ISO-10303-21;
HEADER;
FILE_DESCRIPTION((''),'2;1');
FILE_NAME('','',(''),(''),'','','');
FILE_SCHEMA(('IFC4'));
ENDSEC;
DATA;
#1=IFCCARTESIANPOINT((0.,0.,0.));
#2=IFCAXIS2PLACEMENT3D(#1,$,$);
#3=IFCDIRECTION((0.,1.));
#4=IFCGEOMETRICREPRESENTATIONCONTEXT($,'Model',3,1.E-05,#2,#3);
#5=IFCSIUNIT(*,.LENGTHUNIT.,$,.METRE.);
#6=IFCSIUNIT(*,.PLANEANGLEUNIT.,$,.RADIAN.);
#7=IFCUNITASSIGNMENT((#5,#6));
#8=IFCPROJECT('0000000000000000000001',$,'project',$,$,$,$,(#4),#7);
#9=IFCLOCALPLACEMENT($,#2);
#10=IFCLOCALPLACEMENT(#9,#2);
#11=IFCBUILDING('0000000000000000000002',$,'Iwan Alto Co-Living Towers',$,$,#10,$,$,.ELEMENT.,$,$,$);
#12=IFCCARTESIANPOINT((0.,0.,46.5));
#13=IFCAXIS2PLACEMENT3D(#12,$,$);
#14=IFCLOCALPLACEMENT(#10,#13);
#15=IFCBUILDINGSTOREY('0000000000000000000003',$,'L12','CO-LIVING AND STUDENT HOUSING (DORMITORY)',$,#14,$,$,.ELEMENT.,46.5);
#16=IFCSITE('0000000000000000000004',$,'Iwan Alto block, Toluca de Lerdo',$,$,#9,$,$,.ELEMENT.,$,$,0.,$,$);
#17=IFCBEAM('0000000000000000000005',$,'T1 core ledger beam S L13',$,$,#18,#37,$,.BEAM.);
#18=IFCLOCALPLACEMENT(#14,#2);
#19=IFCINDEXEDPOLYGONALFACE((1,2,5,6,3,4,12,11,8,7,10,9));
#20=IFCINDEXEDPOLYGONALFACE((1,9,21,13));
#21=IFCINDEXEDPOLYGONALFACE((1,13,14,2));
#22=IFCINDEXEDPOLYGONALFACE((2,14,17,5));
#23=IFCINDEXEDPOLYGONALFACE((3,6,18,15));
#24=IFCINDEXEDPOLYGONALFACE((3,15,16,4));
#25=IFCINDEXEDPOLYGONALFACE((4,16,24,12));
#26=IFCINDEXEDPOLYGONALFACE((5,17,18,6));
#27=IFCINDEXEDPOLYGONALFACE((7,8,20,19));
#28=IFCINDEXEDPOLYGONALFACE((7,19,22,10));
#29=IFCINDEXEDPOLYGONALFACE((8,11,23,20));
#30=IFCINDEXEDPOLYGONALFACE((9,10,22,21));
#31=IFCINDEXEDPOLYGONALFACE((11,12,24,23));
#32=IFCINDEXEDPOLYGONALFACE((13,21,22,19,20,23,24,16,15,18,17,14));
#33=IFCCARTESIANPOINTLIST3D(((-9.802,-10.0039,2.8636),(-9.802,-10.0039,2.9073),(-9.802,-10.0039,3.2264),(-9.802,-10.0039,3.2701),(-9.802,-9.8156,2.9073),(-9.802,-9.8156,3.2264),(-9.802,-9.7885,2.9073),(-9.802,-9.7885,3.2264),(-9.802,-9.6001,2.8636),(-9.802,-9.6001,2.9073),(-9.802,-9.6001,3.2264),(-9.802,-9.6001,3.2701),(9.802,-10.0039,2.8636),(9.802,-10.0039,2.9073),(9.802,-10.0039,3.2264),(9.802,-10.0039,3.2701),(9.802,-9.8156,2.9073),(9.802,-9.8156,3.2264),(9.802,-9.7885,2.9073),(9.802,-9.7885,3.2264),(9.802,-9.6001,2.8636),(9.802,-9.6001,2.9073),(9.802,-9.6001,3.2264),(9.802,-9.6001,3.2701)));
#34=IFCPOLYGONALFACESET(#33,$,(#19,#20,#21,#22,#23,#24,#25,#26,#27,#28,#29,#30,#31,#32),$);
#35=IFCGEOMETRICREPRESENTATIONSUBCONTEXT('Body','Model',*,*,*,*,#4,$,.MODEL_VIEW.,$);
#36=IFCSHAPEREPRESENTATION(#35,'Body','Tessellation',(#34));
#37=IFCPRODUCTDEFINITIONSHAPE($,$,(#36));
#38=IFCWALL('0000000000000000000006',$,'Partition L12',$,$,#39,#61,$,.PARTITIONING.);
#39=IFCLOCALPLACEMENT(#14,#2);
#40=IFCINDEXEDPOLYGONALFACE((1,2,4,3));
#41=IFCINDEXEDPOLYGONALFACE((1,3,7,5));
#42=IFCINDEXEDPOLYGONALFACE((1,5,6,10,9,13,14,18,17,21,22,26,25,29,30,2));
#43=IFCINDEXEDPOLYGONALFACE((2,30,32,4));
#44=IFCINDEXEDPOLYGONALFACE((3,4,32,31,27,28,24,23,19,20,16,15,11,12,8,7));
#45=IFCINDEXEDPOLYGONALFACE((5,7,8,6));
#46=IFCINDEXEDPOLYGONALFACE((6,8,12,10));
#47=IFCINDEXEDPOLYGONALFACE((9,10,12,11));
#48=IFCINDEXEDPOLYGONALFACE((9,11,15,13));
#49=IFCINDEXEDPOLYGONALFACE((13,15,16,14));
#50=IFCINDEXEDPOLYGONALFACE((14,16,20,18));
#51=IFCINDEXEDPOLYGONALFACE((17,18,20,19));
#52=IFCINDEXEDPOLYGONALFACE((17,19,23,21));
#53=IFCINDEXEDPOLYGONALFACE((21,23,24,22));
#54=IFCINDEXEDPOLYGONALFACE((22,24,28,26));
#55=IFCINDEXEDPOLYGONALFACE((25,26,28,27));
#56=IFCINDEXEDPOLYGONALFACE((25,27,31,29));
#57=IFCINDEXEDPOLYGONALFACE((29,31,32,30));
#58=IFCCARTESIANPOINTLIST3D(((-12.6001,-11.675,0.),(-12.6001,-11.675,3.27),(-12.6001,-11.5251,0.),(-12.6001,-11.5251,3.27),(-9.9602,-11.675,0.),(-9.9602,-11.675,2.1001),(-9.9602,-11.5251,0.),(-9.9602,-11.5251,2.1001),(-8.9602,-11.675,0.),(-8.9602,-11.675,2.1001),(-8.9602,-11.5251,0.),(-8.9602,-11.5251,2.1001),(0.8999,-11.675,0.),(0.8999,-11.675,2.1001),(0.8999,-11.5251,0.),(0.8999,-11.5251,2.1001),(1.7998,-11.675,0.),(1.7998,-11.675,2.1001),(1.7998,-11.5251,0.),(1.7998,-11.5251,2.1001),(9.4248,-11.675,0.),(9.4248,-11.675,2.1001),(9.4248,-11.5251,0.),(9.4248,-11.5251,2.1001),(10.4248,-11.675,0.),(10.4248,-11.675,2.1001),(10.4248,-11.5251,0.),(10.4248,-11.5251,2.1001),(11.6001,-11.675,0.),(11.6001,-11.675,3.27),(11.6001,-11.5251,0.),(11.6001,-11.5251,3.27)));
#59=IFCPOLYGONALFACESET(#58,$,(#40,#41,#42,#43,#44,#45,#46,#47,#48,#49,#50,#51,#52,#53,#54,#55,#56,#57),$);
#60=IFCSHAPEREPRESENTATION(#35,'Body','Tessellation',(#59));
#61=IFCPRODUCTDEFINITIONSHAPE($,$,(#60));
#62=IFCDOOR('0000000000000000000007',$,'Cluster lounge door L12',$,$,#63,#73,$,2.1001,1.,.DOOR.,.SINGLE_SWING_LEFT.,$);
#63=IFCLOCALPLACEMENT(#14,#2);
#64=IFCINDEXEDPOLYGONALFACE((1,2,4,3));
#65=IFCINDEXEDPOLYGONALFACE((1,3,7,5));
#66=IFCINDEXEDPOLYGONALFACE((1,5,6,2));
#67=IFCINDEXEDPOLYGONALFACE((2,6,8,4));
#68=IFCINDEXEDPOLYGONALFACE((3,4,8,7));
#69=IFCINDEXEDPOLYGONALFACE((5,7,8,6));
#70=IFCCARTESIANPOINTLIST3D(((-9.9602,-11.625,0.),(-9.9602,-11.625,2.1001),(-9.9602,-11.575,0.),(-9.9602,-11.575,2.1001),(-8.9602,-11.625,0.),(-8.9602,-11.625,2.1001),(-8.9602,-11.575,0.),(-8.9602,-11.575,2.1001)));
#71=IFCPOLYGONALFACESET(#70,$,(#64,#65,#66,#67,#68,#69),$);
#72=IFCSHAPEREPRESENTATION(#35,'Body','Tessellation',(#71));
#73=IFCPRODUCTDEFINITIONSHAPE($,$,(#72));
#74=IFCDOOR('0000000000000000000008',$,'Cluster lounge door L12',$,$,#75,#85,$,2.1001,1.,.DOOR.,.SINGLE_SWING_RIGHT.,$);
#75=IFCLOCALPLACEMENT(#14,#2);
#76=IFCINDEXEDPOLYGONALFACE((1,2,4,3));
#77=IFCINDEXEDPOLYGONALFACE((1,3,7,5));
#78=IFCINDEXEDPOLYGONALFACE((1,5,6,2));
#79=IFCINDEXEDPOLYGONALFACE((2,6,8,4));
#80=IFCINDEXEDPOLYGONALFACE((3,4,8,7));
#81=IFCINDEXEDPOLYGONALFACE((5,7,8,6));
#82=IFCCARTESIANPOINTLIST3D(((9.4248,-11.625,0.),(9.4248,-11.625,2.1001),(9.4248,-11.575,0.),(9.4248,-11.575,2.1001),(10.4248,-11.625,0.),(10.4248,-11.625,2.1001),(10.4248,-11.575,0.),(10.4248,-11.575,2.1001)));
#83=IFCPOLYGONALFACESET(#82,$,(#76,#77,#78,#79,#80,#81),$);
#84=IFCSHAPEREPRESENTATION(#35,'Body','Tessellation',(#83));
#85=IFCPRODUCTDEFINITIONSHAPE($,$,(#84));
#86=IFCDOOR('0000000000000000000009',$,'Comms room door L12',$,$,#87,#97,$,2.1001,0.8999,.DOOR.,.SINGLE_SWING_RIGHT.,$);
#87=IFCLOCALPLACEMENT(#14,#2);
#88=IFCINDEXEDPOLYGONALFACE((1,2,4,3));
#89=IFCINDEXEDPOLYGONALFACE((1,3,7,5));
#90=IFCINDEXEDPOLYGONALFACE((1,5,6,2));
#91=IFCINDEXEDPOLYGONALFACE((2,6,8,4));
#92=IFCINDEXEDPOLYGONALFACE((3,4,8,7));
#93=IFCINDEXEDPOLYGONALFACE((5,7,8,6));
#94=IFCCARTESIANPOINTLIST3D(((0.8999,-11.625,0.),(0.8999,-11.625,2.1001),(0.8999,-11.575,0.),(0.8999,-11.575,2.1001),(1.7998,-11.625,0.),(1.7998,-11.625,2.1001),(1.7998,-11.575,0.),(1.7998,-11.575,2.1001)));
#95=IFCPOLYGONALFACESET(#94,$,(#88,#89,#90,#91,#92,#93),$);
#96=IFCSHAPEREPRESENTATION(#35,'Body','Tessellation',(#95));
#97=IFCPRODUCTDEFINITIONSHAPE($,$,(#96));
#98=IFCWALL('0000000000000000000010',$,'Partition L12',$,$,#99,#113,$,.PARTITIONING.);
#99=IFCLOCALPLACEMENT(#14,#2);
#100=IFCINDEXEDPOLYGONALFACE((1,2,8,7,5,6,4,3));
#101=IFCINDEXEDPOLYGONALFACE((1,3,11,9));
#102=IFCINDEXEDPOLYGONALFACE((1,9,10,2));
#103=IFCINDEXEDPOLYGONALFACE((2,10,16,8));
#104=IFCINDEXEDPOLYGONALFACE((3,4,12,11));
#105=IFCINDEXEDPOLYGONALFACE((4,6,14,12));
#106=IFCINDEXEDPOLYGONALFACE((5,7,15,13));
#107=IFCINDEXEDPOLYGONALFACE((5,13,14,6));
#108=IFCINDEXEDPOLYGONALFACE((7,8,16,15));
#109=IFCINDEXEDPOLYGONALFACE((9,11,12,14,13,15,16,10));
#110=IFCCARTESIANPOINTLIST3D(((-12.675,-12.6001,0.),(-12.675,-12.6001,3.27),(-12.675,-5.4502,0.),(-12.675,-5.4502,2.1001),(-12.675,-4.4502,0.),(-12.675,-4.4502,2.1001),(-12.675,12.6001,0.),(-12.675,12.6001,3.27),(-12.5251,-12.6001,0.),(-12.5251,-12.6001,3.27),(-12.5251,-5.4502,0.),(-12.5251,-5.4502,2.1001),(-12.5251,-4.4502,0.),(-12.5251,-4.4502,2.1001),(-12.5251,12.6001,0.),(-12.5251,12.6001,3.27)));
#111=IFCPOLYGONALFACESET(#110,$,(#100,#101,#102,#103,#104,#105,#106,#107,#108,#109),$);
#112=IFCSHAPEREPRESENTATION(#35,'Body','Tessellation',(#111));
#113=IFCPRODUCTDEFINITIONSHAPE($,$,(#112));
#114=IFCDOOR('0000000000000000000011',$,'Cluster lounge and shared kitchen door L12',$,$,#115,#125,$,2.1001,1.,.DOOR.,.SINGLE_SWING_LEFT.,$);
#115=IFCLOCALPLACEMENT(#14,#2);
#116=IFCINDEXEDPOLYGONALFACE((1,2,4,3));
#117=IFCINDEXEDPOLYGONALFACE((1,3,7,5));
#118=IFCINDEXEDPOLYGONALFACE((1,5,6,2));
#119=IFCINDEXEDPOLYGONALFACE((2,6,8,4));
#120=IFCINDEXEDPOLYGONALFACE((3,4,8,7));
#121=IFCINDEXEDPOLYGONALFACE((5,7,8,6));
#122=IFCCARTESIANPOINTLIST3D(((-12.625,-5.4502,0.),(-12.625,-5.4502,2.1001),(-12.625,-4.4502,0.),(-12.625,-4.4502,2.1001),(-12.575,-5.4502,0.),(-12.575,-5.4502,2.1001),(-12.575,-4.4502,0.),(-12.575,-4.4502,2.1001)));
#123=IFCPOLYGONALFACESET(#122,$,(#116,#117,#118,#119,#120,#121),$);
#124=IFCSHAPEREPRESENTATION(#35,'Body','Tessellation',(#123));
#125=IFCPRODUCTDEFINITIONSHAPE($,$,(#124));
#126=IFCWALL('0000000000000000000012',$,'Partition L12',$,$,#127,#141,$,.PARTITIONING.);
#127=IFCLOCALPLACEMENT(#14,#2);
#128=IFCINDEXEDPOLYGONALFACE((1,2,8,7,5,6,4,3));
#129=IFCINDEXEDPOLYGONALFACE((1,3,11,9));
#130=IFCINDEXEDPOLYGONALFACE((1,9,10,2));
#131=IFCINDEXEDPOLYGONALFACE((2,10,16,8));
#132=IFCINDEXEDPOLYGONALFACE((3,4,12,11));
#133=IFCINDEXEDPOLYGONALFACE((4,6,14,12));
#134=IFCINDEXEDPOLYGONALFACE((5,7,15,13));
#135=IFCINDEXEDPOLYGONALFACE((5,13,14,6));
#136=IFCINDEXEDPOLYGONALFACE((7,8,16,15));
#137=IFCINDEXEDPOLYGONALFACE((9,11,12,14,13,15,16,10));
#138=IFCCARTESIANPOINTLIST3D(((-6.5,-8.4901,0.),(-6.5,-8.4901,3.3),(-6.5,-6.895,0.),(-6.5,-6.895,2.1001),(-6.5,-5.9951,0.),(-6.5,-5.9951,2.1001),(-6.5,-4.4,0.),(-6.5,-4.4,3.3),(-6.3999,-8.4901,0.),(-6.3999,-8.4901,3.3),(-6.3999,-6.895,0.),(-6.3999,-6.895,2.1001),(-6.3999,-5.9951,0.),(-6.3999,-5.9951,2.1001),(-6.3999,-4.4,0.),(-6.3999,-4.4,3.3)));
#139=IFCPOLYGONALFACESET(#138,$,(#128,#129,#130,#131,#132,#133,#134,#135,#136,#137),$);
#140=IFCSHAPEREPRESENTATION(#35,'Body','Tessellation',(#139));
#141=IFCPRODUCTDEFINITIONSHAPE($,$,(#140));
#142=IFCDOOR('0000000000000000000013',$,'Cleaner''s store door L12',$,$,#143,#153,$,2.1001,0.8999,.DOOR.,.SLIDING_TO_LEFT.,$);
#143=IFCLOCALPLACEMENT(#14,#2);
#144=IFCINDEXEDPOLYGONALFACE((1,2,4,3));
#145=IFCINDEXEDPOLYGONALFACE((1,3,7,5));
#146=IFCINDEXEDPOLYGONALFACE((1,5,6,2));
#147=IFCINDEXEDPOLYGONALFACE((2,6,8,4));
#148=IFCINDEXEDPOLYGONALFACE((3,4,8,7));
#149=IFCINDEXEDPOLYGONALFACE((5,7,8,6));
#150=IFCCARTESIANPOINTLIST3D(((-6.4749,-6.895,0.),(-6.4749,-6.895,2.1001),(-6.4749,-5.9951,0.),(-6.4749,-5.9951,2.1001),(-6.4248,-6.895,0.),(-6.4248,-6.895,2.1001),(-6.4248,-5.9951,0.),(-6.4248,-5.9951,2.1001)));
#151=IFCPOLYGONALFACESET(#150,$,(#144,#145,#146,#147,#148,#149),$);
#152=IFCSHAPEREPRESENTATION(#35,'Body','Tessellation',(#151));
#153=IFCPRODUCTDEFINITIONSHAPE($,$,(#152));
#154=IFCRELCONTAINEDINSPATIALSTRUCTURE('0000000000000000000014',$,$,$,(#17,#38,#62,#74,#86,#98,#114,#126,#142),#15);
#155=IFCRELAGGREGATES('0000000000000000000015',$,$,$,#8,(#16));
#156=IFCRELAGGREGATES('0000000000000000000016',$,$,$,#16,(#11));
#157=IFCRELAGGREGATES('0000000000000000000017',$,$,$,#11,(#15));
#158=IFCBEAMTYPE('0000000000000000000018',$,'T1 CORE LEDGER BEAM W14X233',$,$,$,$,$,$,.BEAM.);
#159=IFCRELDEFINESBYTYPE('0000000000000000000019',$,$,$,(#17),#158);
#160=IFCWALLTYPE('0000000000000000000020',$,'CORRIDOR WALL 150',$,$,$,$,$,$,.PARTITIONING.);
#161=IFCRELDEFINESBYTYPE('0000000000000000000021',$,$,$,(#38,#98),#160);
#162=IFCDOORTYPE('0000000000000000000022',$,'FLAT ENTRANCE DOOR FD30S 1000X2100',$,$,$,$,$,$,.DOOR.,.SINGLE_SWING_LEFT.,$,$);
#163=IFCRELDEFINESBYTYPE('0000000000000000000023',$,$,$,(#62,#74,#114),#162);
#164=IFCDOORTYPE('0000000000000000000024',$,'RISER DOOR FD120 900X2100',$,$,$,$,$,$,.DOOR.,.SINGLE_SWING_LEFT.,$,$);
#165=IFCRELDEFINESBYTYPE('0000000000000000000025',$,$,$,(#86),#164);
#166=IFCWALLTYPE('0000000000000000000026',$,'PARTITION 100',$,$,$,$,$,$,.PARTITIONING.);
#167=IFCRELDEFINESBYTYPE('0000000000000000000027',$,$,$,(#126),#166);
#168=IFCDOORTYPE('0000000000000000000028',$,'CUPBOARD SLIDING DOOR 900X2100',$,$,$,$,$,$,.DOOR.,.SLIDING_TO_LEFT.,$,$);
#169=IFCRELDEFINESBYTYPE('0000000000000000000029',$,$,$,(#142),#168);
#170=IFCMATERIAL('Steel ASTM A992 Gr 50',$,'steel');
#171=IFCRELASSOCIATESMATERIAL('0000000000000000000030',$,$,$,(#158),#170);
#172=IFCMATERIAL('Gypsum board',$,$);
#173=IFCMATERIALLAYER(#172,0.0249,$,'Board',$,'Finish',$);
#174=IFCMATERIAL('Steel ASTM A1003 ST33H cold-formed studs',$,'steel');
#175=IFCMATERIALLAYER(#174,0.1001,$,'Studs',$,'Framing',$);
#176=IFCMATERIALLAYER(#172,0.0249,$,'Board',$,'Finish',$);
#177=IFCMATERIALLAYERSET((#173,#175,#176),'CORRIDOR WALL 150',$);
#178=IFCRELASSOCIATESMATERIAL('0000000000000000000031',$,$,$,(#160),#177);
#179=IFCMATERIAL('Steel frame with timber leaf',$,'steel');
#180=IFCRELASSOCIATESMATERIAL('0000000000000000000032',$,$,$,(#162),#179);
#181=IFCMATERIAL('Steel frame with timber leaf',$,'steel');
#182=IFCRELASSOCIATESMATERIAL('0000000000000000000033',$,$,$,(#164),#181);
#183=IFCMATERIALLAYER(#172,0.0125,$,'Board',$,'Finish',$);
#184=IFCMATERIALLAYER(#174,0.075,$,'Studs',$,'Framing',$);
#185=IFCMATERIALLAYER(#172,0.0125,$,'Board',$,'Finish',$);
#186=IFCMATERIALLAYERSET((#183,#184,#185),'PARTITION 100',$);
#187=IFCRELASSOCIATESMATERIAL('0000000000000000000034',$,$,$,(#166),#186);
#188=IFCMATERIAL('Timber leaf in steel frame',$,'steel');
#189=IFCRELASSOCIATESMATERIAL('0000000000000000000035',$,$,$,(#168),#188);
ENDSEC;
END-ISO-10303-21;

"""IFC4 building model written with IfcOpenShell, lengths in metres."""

from ifc_helpers import new_model, si_unit, direction, frame, frame_2d, origin, origin_2d, place, context, subcontext, project, spatial, rectangle, i_section, extrude, material, layer, layer_set, material_profile, profile_set, type_object, element, fill, save


model = new_model("IFC4")

# Units and contexts
model_context = context("Model", 3, precision=1e-05, world=origin(), true_north=direction((0.0, 1.0)))
body_context = subcontext(model_context, "Body", "Model", "MODEL_VIEW")
ifc_project = project(units=[si_unit("LENGTHUNIT", "METRE"), si_unit("PLANEANGLEUNIT", "RADIAN")], contexts=[model_context])

# Site, building, storey
site_placement = place(None, origin())
site = spatial("IfcSite", under=ifc_project, at=site_placement, Name="Iwan Alto block, Toluca de Lerdo", CompositionType="ELEMENT", RefElevation=0.0)
building_placement = place(site_placement, origin())
building = spatial("IfcBuilding", under=site, at=building_placement, Name="Iwan Alto Co-Living Towers", CompositionType="ELEMENT")
storey_placement = place(building_placement, frame((0.0, 0.0, 46.5)))
storey = spatial("IfcBuildingStorey", under=building, at=storey_placement, Name="L12", Description="CO-LIVING AND STUDENT HOUSING (DORMITORY)", CompositionType="ELEMENT", Elevation=46.5)

# Beam
ifc_material_1 = material(Name="Steel ASTM A992 Gr 50", Category="steel")
ifc_material_profile = material_profile(ifc_material_1, i_section(OverallWidth=0.4038, OverallDepth=0.4065, WebThickness=0.0271, FlangeThickness=0.0437, at=origin_2d()), Name="W14X233")
ifc_profile_set = profile_set([ifc_material_profile], Name="Steel ASTM A992 Gr 50")
beam_type = type_object("IfcBeamType", Name="T1 CORE LEDGER BEAM W14X233", PredefinedType="BEAM", material=ifc_profile_set)
beam_placement = place(storey_placement, frame((-9.802, -9.802, 3.0669), z_axis=(1.0, 0.0, 0.0), x_axis=(0.0, 1.0, 0.0)))
element("IfcBeam", 1, at=beam_placement, inside=storey, type_object=beam_type, Name="T1 core ledger beam S L13", PredefinedType="BEAM", context=body_context, shape_type="SweptSolid", body=[
    extrude(i_section(OverallWidth=0.4038, OverallDepth=0.4065, WebThickness=0.0271, FlangeThickness=0.0437, at=origin_2d()), origin(), (0.0, 0.0, 1.0), 19.604),
])

# Wall, openings, doors
ifc_material_2 = material(Name="Gypsum board")
ifc_layer_1 = layer(ifc_material_2, 0.0249, Name="Board", Category="Finish")
ifc_material_3 = material(Name="Steel ASTM A1003 ST33H cold-formed studs", Category="steel")
ifc_layer_2 = layer(ifc_material_3, 0.1001, Name="Studs", Category="Framing")
ifc_layer_3 = layer(ifc_material_2, 0.0249, Name="Board", Category="Finish")
ifc_layer_set_1 = layer_set([ifc_layer_1, ifc_layer_2, ifc_layer_3], Name="CORRIDOR WALL 150")
wall_type_1 = type_object("IfcWallType", Name="CORRIDOR WALL 150", PredefinedType="PARTITIONING", material=ifc_layer_set_1)
wall_1_placement = place(storey_placement, frame((-12.6001, -11.6001, 0.0), z_axis=(0.0, 0.0, 1.0), x_axis=(1.0, 0.0, 0.0)))
wall_1 = element("IfcWall", 2, at=wall_1_placement, inside=storey, type_object=wall_type_1, Name="Partition L12", PredefinedType="PARTITIONING", context=body_context, shape_type="SweptSolid", body=[
    extrude(rectangle(XDim=24.2002, YDim=0.1499, at=frame_2d((12.1001, 0.0))), origin(), (0.0, 0.0, 1.0), 3.27),
])
opening_1_placement = place(wall_1_placement, frame((2.6399, 0.0, 0.0)))
opening_1 = element("IfcOpeningElement", 3, at=opening_1_placement, cuts=wall_1, PredefinedType="OPENING", context=body_context, shape_type="SweptSolid", body=[
    extrude(rectangle(XDim=1.0, YDim=2.1001, at=frame_2d((0.5, 1.05))), frame((0.0, 0.085, 0.0), z_axis=(0.0, -1.0, 0.0), x_axis=(1.0, 0.0, 0.0)), (0.0, 0.0, 1.0), 0.1699),
])
opening_2_placement = place(wall_1_placement, frame((13.5, 0.0, 0.0)))
opening_2 = element("IfcOpeningElement", 4, at=opening_2_placement, cuts=wall_1, PredefinedType="OPENING", context=body_context, shape_type="SweptSolid", body=[
    extrude(rectangle(XDim=0.8999, YDim=2.1001, at=frame_2d((0.45, 1.05))), frame((0.0, 0.085, 0.0), z_axis=(0.0, -1.0, 0.0), x_axis=(1.0, 0.0, 0.0)), (0.0, 0.0, 1.0), 0.1699),
])
opening_3_placement = place(wall_1_placement, frame((22.0249, 0.0, 0.0)))
opening_3 = element("IfcOpeningElement", 5, at=opening_3_placement, cuts=wall_1, PredefinedType="OPENING", context=body_context, shape_type="SweptSolid", body=[
    extrude(rectangle(XDim=1.0, YDim=2.1001, at=frame_2d((0.5, 1.05))), frame((0.0, 0.085, 0.0), z_axis=(0.0, -1.0, 0.0), x_axis=(1.0, 0.0, 0.0)), (0.0, 0.0, 1.0), 0.1699),
])
ifc_material_4 = material(Name="Steel frame with timber leaf", Category="steel")
door_type_1 = type_object("IfcDoorType", Name="FLAT ENTRANCE DOOR FD30S 1000X2100", OperationType="SINGLE_SWING_LEFT", PredefinedType="DOOR", material=ifc_material_4)
door_1_placement = place(opening_1_placement, frame((1.0, 0.0, 0.0), z_axis=(0.0, 0.0, 1.0), x_axis=(-1.0, 0.0, 0.0)))
door_1 = element("IfcDoor", 6, at=door_1_placement, inside=storey, type_object=door_type_1, Name="Cluster lounge door L12", OperationType="SINGLE_SWING_LEFT", OverallHeight=2.1001, OverallWidth=1.0, PredefinedType="DOOR", context=body_context, shape_type="SweptSolid", body=[
    extrude(rectangle(XDim=1.0, YDim=2.1001, at=frame_2d((0.5, 1.05))), frame((0.0, 0.0249, 0.0), z_axis=(0.0, -1.0, 0.0), x_axis=(1.0, 0.0, 0.0)), (0.0, 0.0, 1.0), 0.05),
])
fill(opening_1, door_1)
door_2_placement = place(opening_3_placement, frame((1.0, 0.0, 0.0), z_axis=(0.0, 0.0, 1.0), x_axis=(-1.0, 0.0, 0.0)))
door_2 = element("IfcDoor", 7, at=door_2_placement, inside=storey, type_object=door_type_1, Name="Cluster lounge door L12", OperationType="SINGLE_SWING_RIGHT", OverallHeight=2.1001, OverallWidth=1.0, PredefinedType="DOOR", context=body_context, shape_type="SweptSolid", body=[
    extrude(rectangle(XDim=1.0, YDim=2.1001, at=frame_2d((0.5, 1.05))), frame((0.0, 0.0249, 0.0), z_axis=(0.0, -1.0, 0.0), x_axis=(1.0, 0.0, 0.0)), (0.0, 0.0, 1.0), 0.05),
])
fill(opening_3, door_2)
ifc_material_5 = material(Name="Steel frame with timber leaf", Category="steel")
door_type_2 = type_object("IfcDoorType", Name="RISER DOOR FD120 900X2100", OperationType="SINGLE_SWING_LEFT", PredefinedType="DOOR", material=ifc_material_5)
door_3_placement = place(opening_2_placement, frame((0.8999, 0.0, 0.0), z_axis=(0.0, 0.0, 1.0), x_axis=(-1.0, 0.0, 0.0)))
door_3 = element("IfcDoor", 8, at=door_3_placement, inside=storey, type_object=door_type_2, Name="Comms room door L12", OperationType="SINGLE_SWING_RIGHT", OverallHeight=2.1001, OverallWidth=0.8999, PredefinedType="DOOR", context=body_context, shape_type="SweptSolid", body=[
    extrude(rectangle(XDim=0.8999, YDim=2.1001, at=frame_2d((0.45, 1.05))), frame((0.0, 0.0249, 0.0), z_axis=(0.0, -1.0, 0.0), x_axis=(1.0, 0.0, 0.0)), (0.0, 0.0, 1.0), 0.05),
])
fill(opening_2, door_3)

# Walls, openings, doors
wall_2_placement = place(storey_placement, frame((-12.6001, -12.6001, 0.0), z_axis=(0.0, 0.0, 1.0), x_axis=(0.0, 1.0, 0.0)))
wall_2 = element("IfcWall", 9, at=wall_2_placement, inside=storey, type_object=wall_type_1, Name="Partition L12", PredefinedType="PARTITIONING", context=body_context, shape_type="SweptSolid", body=[
    extrude(rectangle(XDim=25.2002, YDim=0.1499, at=frame_2d((12.6001, 0.0))), origin(), (0.0, 0.0, 1.0), 3.27),
])
opening_4_placement = place(wall_2_placement, frame((7.1499, 0.0, 0.0)))
opening_4 = element("IfcOpeningElement", 10, at=opening_4_placement, cuts=wall_2, PredefinedType="OPENING", context=body_context, shape_type="SweptSolid", body=[
    extrude(rectangle(XDim=1.0, YDim=2.1001, at=frame_2d((0.5, 1.05))), frame((0.0, 0.085, 0.0), z_axis=(0.0, -1.0, 0.0), x_axis=(1.0, 0.0, 0.0)), (0.0, 0.0, 1.0), 0.1699),
])
door_4_placement = place(opening_4_placement, origin())
door_4 = element("IfcDoor", 11, at=door_4_placement, inside=storey, type_object=door_type_1, Name="Cluster lounge and shared kitchen door L12", OperationType="SINGLE_SWING_LEFT", OverallHeight=2.1001, OverallWidth=1.0, PredefinedType="DOOR", context=body_context, shape_type="SweptSolid", body=[
    extrude(rectangle(XDim=1.0, YDim=2.1001, at=frame_2d((0.5, 1.05))), frame((0.0, 0.0249, 0.0), z_axis=(0.0, -1.0, 0.0), x_axis=(1.0, 0.0, 0.0)), (0.0, 0.0, 1.0), 0.05),
])
fill(opening_4, door_4)
ifc_layer_4 = layer(ifc_material_2, 0.0125, Name="Board", Category="Finish")
ifc_layer_5 = layer(ifc_material_3, 0.075, Name="Studs", Category="Framing")
ifc_layer_6 = layer(ifc_material_2, 0.0125, Name="Board", Category="Finish")
ifc_layer_set_2 = layer_set([ifc_layer_4, ifc_layer_5, ifc_layer_6], Name="PARTITION 100")
wall_type_2 = type_object("IfcWallType", Name="PARTITION 100", PredefinedType="PARTITIONING", material=ifc_layer_set_2)
wall_3_placement = place(storey_placement, frame((-6.45, -8.49, 0.0), z_axis=(0.0, 0.0, 1.0), x_axis=(0.0, 1.0, 0.0)))
wall_3 = element("IfcWall", 12, at=wall_3_placement, inside=storey, type_object=wall_type_2, Name="Partition L12", PredefinedType="PARTITIONING", context=body_context, shape_type="SweptSolid", body=[
    extrude(rectangle(XDim=4.0901, YDim=0.1001, at=frame_2d((2.0449, 0.0))), origin(), (0.0, 0.0, 1.0), 3.3),
])
opening_5_placement = place(wall_3_placement, frame((1.595, 0.0, 0.0)))
opening_5 = element("IfcOpeningElement", 13, at=opening_5_placement, cuts=wall_3, PredefinedType="OPENING", context=body_context, shape_type="SweptSolid", body=[
    extrude(rectangle(XDim=0.8999, YDim=2.1001, at=frame_2d((0.45, 1.05))), frame((0.0, 0.0601, 0.0), z_axis=(0.0, -1.0, 0.0), x_axis=(1.0, 0.0, 0.0)), (0.0, 0.0, 1.0), 0.1201),
])
ifc_material_6 = material(Name="Timber leaf in steel frame", Category="steel")
door_type_3 = type_object("IfcDoorType", Name="CUPBOARD SLIDING DOOR 900X2100", OperationType="SLIDING_TO_LEFT", PredefinedType="DOOR", material=ifc_material_6)
door_5_placement = place(opening_5_placement, origin())
door_5 = element("IfcDoor", 14, at=door_5_placement, inside=storey, type_object=door_type_3, Name="Cleaner's store door L12", OperationType="SLIDING_TO_LEFT", OverallHeight=2.1001, OverallWidth=0.8999, PredefinedType="DOOR", context=body_context, shape_type="SweptSolid", body=[
    extrude(rectangle(XDim=0.8999, YDim=2.1001, at=frame_2d((0.45, 1.05))), frame((0.0, 0.0249, 0.0), z_axis=(0.0, -1.0, 0.0), x_axis=(1.0, 0.0, 0.0)), (0.0, 0.0, 1.0), 0.05),
])
fill(opening_5, door_5)

save(model, "model.ifc")
